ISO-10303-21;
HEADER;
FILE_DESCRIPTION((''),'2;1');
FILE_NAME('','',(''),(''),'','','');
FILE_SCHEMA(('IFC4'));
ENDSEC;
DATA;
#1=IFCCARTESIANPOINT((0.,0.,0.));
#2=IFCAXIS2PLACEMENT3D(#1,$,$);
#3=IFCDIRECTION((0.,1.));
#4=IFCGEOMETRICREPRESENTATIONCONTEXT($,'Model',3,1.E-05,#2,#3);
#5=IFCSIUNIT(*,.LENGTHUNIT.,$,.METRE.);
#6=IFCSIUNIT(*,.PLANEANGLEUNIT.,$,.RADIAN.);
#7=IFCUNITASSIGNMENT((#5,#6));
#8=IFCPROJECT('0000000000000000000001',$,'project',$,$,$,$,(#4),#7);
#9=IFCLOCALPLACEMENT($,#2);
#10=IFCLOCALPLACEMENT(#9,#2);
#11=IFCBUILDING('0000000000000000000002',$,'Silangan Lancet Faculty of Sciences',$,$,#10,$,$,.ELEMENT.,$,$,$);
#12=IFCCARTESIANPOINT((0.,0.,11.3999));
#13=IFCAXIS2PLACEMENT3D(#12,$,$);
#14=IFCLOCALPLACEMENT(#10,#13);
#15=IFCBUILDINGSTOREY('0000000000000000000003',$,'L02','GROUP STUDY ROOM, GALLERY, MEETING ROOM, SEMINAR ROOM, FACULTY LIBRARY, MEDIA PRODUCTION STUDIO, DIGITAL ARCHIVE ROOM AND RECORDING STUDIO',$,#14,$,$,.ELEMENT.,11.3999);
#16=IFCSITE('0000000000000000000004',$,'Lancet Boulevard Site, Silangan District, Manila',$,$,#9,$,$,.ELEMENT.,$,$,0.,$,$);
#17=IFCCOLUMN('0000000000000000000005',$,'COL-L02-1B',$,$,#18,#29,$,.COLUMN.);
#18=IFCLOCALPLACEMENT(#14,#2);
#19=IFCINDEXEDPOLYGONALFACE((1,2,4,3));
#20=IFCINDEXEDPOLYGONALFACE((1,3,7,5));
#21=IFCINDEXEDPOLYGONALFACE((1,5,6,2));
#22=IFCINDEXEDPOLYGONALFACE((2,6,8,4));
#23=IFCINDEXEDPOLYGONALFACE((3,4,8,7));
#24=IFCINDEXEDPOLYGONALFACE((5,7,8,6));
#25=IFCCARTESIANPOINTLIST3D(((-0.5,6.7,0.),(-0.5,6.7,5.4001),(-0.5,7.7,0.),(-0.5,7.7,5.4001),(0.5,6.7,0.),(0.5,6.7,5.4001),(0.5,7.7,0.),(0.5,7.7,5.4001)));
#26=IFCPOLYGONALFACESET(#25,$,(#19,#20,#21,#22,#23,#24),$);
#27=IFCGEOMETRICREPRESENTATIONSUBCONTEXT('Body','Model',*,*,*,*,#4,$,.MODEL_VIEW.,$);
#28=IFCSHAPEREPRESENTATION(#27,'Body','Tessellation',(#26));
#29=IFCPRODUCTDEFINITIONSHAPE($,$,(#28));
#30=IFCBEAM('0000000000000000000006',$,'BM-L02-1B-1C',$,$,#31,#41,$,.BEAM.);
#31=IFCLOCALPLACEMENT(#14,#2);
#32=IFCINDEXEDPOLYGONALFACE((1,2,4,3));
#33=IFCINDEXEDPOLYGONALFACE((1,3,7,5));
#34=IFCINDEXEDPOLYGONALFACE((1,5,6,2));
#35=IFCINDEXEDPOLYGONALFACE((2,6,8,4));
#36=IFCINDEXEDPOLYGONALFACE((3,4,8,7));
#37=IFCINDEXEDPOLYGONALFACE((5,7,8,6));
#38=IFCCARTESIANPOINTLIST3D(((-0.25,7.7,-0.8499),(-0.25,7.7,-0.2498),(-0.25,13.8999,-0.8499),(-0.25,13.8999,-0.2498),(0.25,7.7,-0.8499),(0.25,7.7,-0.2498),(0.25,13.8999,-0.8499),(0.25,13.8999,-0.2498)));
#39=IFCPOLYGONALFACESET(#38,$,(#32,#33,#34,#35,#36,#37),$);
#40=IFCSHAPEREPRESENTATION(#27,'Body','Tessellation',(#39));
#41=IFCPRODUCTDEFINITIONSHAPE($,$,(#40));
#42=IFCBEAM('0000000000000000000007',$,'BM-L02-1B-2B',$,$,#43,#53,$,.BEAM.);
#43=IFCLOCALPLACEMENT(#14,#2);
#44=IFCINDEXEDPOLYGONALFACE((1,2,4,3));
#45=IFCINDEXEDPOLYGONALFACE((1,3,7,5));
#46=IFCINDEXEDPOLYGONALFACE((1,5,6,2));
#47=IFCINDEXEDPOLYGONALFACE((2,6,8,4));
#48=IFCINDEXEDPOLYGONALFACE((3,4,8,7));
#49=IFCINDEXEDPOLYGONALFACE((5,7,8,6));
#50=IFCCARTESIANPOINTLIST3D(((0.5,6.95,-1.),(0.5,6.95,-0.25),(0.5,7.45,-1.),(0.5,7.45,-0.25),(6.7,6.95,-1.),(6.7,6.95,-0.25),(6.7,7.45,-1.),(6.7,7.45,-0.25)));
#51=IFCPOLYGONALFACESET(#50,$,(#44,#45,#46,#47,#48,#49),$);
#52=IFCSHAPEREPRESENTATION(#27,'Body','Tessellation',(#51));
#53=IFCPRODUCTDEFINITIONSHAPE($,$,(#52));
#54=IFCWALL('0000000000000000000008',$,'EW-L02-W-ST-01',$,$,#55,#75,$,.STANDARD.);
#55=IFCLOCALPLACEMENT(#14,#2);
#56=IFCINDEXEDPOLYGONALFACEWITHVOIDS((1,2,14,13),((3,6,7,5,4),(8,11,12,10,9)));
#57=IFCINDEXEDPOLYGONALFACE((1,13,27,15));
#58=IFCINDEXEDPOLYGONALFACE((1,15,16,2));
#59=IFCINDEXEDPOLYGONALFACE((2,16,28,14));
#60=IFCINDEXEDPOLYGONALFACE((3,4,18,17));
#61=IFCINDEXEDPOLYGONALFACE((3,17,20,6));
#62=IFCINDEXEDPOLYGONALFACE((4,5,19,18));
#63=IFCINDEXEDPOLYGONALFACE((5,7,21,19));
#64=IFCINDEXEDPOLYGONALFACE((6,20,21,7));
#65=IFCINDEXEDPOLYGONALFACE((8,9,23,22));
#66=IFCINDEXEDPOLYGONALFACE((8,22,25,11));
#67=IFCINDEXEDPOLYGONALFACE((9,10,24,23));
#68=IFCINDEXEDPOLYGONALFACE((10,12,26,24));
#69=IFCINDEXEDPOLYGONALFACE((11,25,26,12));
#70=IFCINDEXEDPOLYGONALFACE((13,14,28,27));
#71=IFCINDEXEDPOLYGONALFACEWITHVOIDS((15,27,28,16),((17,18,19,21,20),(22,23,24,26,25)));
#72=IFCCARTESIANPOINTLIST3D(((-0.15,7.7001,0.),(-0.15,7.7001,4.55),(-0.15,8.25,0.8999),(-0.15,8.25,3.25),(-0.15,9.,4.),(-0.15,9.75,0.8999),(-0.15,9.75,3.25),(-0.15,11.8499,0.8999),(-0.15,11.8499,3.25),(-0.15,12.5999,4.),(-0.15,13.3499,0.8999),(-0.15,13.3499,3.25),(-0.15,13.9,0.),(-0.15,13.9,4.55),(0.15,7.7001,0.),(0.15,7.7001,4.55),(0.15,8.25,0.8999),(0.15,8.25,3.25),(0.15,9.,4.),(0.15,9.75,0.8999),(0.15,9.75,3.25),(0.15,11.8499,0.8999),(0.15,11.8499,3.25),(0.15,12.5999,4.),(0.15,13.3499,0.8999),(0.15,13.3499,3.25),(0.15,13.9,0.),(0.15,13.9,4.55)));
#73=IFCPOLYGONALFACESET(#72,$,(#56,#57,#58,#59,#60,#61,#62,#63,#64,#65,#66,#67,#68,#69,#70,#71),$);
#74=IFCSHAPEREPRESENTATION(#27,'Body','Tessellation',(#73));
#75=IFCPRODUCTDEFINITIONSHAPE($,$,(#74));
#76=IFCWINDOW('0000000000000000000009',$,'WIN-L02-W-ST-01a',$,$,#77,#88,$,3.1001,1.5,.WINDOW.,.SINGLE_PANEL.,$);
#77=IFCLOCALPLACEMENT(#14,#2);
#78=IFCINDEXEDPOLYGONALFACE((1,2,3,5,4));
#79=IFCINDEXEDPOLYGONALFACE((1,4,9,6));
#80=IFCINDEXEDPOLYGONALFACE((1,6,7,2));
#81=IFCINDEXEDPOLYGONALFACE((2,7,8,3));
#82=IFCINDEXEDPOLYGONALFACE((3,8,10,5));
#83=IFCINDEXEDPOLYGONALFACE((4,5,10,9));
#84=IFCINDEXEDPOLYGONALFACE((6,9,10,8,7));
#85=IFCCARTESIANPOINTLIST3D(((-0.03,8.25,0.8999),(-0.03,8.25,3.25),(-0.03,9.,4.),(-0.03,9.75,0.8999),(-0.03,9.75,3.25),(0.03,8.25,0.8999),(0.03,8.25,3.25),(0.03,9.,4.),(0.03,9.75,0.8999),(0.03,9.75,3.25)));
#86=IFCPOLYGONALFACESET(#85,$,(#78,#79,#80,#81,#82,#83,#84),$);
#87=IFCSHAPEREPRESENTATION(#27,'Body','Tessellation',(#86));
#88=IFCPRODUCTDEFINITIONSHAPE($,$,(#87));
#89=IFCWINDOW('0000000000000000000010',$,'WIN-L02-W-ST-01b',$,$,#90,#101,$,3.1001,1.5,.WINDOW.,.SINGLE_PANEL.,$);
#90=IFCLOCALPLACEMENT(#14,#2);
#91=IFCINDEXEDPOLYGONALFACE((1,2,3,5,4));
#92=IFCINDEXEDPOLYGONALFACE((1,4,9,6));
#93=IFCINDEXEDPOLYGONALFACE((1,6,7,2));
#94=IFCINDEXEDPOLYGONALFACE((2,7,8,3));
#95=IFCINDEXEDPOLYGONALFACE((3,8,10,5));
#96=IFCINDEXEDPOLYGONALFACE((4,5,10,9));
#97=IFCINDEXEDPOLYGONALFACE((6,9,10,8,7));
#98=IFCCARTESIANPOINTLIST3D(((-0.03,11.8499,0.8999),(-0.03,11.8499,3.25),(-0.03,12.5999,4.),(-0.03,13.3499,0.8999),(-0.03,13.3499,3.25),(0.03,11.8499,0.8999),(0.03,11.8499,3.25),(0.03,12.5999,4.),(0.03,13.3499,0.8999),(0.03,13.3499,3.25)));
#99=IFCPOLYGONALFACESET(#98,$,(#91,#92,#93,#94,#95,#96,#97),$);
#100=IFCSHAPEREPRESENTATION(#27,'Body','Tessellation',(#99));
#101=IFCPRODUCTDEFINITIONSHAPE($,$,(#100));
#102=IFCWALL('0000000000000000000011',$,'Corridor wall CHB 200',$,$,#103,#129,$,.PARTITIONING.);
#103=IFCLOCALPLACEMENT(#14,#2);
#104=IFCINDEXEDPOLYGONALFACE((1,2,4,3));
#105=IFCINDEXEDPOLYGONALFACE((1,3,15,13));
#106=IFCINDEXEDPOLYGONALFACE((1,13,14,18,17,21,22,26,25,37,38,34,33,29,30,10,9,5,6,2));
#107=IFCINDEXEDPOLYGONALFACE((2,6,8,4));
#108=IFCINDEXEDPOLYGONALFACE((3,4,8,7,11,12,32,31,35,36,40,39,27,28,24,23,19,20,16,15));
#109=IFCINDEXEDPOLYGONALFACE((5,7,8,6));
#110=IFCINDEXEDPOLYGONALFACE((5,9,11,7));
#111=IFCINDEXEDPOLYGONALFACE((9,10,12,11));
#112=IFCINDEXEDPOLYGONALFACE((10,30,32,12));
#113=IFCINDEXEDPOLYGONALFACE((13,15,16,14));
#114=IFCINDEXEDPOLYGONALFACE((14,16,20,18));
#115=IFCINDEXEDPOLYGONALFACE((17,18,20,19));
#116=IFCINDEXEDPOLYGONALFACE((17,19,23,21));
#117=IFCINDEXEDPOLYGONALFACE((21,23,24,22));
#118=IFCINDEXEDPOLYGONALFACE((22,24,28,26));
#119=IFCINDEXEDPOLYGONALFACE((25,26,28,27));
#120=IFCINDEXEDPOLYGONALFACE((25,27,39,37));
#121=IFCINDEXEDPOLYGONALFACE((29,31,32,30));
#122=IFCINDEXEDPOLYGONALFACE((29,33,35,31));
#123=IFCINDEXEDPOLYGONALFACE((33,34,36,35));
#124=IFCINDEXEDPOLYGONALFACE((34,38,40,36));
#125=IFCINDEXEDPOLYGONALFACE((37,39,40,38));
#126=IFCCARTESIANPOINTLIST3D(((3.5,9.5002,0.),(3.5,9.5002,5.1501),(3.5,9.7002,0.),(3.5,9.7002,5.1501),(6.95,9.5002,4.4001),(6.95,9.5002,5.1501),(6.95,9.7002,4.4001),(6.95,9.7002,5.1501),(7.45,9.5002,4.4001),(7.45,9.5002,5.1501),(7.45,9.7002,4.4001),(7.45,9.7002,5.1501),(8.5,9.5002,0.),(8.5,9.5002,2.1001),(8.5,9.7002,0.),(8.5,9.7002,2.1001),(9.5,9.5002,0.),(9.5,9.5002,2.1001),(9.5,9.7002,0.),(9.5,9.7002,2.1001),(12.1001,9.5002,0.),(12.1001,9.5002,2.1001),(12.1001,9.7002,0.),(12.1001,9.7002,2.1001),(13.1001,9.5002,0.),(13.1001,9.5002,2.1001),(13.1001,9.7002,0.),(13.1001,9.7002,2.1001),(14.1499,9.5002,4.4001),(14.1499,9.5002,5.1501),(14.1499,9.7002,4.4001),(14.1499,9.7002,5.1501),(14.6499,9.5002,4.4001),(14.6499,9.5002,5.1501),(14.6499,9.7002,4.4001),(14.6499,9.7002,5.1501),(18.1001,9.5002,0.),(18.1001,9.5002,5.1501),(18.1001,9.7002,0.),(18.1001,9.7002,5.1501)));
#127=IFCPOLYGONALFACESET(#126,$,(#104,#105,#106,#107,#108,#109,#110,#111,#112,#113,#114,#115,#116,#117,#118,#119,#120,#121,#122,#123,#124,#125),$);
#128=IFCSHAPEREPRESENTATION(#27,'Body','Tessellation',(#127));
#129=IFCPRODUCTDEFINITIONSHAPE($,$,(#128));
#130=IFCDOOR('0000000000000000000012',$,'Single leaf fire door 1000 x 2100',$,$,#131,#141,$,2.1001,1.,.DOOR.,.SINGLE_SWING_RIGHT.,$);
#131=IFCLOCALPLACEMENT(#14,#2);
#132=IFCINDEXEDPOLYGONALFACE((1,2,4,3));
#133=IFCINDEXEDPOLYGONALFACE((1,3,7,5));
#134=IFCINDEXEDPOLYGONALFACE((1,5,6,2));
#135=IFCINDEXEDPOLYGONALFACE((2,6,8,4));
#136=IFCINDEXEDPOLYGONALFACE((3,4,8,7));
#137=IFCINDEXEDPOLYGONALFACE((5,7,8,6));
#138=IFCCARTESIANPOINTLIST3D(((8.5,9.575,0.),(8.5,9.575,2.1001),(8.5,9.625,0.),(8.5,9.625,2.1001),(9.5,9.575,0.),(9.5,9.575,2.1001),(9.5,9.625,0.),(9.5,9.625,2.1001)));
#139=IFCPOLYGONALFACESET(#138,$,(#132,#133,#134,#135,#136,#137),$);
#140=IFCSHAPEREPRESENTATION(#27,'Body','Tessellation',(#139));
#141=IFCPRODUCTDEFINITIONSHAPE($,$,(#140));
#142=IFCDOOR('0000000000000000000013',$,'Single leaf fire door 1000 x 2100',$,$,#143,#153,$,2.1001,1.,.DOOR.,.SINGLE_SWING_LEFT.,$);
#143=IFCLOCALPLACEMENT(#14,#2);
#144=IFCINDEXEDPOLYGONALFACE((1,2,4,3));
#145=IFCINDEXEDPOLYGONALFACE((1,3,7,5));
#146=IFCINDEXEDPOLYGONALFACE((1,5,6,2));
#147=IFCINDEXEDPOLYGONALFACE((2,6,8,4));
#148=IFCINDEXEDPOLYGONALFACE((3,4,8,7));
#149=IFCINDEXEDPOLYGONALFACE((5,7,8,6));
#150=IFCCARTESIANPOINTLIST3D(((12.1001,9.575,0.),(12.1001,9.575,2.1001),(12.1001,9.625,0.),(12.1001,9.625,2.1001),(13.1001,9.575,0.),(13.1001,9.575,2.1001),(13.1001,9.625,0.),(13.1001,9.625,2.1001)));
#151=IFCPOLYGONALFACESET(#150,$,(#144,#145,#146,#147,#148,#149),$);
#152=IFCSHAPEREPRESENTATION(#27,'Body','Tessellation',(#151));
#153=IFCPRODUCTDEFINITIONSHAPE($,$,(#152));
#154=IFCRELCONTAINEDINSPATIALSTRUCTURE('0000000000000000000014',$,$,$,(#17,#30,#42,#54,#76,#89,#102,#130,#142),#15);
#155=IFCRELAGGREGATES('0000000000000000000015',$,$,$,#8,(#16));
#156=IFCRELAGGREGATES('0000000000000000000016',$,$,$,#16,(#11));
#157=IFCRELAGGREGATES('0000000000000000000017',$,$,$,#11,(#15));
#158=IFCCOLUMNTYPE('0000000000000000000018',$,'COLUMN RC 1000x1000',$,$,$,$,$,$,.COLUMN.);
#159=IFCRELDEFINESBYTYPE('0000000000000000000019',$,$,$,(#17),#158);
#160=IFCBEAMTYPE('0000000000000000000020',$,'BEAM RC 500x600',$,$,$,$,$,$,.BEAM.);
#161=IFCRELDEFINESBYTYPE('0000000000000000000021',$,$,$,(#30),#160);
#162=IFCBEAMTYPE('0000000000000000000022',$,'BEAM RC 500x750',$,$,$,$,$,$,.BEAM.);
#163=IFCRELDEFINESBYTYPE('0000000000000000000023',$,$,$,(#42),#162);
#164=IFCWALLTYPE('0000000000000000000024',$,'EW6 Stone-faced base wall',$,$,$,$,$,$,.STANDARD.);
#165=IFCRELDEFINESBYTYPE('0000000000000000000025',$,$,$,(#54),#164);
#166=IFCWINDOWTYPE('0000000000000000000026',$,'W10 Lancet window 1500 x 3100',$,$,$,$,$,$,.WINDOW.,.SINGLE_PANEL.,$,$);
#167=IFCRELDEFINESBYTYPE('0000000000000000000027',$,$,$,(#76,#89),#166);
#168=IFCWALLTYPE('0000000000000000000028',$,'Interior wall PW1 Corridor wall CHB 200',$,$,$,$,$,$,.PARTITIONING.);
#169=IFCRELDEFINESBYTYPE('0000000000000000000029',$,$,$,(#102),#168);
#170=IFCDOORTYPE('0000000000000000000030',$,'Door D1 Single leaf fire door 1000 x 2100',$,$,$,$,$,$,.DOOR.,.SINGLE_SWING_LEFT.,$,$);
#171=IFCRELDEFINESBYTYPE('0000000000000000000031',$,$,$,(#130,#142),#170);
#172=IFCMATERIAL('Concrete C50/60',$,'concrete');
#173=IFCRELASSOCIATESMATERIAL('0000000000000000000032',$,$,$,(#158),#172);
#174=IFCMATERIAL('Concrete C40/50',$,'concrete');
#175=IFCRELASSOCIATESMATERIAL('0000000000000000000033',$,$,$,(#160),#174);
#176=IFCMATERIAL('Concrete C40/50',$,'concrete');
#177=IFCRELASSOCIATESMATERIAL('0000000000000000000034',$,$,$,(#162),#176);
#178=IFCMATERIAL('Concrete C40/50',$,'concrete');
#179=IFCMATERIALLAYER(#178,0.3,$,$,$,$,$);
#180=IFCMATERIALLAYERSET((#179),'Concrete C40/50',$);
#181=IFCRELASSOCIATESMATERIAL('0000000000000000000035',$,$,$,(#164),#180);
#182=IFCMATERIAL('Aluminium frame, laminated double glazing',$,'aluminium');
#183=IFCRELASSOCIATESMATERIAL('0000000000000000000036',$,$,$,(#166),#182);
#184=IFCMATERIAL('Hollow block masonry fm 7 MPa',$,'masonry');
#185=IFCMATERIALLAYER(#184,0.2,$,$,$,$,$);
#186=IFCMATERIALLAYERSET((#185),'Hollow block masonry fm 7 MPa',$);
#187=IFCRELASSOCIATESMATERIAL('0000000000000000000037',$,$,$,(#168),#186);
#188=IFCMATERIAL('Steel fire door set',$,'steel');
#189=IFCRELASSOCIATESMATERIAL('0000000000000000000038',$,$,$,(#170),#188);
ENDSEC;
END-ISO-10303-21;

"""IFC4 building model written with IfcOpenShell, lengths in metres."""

from ifc_helpers import new_model, si_unit, direction, frame, frame_2d, origin, origin_2d, place, context, subcontext, project, spatial, polyline, rectangle, outline, extrude, material, layer, layer_set, material_profile, profile_set, type_object, element, fill, save


model = new_model("IFC4")

# Units and contexts
model_context = context("Model", 3, precision=1e-05, world=origin(), true_north=direction((0.0, 1.0)))
body_context = subcontext(model_context, "Body", "Model", "MODEL_VIEW")
ifc_project = project(units=[si_unit("LENGTHUNIT", "METRE"), si_unit("PLANEANGLEUNIT", "RADIAN")], contexts=[model_context])

# Site, building, storey
site_placement = place(None, origin())
site = spatial("IfcSite", under=ifc_project, at=site_placement, Name="Lancet Boulevard Site, Silangan District, Manila", CompositionType="ELEMENT", RefElevation=0.0)
building_placement = place(site_placement, origin())
building = spatial("IfcBuilding", under=site, at=building_placement, Name="Silangan Lancet Faculty of Sciences", CompositionType="ELEMENT")
storey_placement = place(building_placement, frame((0.0, 0.0, 11.3999)))
storey = spatial("IfcBuildingStorey", under=building, at=storey_placement, Name="L02", Description="GROUP STUDY ROOM, GALLERY, MEETING ROOM, SEMINAR ROOM, FACULTY LIBRARY, MEDIA PRODUCTION STUDIO, DIGITAL ARCHIVE ROOM AND RECORDING STUDIO", CompositionType="ELEMENT", Elevation=11.3999)

# Column
ifc_material_1 = material(Name="Concrete C50/60", Category="concrete")
ifc_material_profile_1 = material_profile(ifc_material_1, rectangle(XDim=1.0, YDim=1.0, at=origin_2d()), Name="RC 1000x1000")
ifc_profile_set_1 = profile_set([ifc_material_profile_1], Name="Concrete C50/60")
column_type = type_object("IfcColumnType", Name="COLUMN RC 1000x1000", PredefinedType="COLUMN", material=ifc_profile_set_1)
column_placement = place(storey_placement, frame((0.0, 7.2, 0.0), z_axis=(0.0, 0.0, 1.0), x_axis=(1.0, 0.0, 0.0)))
element("IfcColumn", 1, at=column_placement, inside=storey, type_object=column_type, Name="COL-L02-1B", PredefinedType="COLUMN", context=body_context, shape_type="SweptSolid", body=[
    extrude(rectangle(XDim=1.0, YDim=1.0, at=origin_2d()), origin(), (0.0, 0.0, 1.0), 5.4001),
])

# Beams
ifc_material_2 = material(Name="Concrete C40/50", Category="concrete")
ifc_material_profile_2 = material_profile(ifc_material_2, rectangle(XDim=0.5, YDim=0.6001, at=origin_2d()), Name="RC 500x600")
ifc_profile_set_2 = profile_set([ifc_material_profile_2], Name="Concrete C40/50")
beam_type_1 = type_object("IfcBeamType", Name="BEAM RC 500x600", PredefinedType="BEAM", material=ifc_profile_set_2)
beam_1_placement = place(storey_placement, frame((0.0, 7.7, -0.5498), z_axis=(0.0, 1.0, 0.0), x_axis=(-1.0, 0.0, 0.0)))
element("IfcBeam", 2, at=beam_1_placement, inside=storey, type_object=beam_type_1, Name="BM-L02-1B-1C", PredefinedType="BEAM", context=body_context, shape_type="SweptSolid", body=[
    extrude(rectangle(XDim=0.5, YDim=0.6001, at=origin_2d()), origin(), (0.0, 0.0, 1.0), 6.2),
])
ifc_material_3 = material(Name="Concrete C40/50", Category="concrete")
ifc_material_profile_3 = material_profile(ifc_material_3, rectangle(XDim=0.5, YDim=0.75, at=origin_2d()), Name="RC 500x750")
ifc_profile_set_3 = profile_set([ifc_material_profile_3], Name="Concrete C40/50")
beam_type_2 = type_object("IfcBeamType", Name="BEAM RC 500x750", PredefinedType="BEAM", material=ifc_profile_set_3)
beam_2_placement = place(storey_placement, frame((0.5, 7.2, -0.625), z_axis=(1.0, 0.0, 0.0), x_axis=(0.0, 1.0, 0.0)))
element("IfcBeam", 3, at=beam_2_placement, inside=storey, type_object=beam_type_2, Name="BM-L02-1B-2B", PredefinedType="BEAM", context=body_context, shape_type="SweptSolid", body=[
    extrude(rectangle(XDim=0.5, YDim=0.75, at=origin_2d()), origin(), (0.0, 0.0, 1.0), 6.2),
])

# Wall, openings, windows
ifc_material_4 = material(Name="Concrete C40/50", Category="concrete")
ifc_layer_1 = layer(ifc_material_4, 0.3)
ifc_layer_set_1 = layer_set([ifc_layer_1], Name="Concrete C40/50")
wall_type_1 = type_object("IfcWallType", Name="EW6 Stone-faced base wall", PredefinedType="STANDARD", material=ifc_layer_set_1)
wall_1_placement = place(storey_placement, frame((0.0, 7.7, 0.0), z_axis=(0.0, 0.0, 1.0), x_axis=(0.0, 1.0, 0.0)))
wall_1 = element("IfcWall", 4, at=wall_1_placement, inside=storey, type_object=wall_type_1, Name="EW-L02-W-ST-01", PredefinedType="STANDARD", context=body_context, shape_type="SweptSolid", body=[
    extrude(rectangle(XDim=6.2, YDim=0.3, at=frame_2d((3.1001, 0.0))), origin(), (0.0, 0.0, 1.0), 4.55),
])
opening_1_placement = place(wall_1_placement, frame((0.55, 0.0, 0.8999)))
opening_1 = element("IfcOpeningElement", 5, at=opening_1_placement, cuts=wall_1, PredefinedType="OPENING", context=body_context, shape_type="SweptSolid", body=[
    extrude(outline(polyline([(0.0, 0.0), (1.5, 0.0), (1.5, 2.3501), (0.75, 3.1001), (0.0, 2.3501), (0.0, 0.0)])), frame((0.0, 0.1599, 0.0), z_axis=(0.0, -1.0, 0.0), x_axis=(1.0, 0.0, 0.0)), (0.0, 0.0, 1.0), 0.3201),
])
opening_2_placement = place(wall_1_placement, frame((4.1499, 0.0, 0.8999)))
opening_2 = element("IfcOpeningElement", 6, at=opening_2_placement, cuts=wall_1, PredefinedType="OPENING", context=body_context, shape_type="SweptSolid", body=[
    extrude(outline(polyline([(0.0, 0.0), (1.5, 0.0), (1.5, 2.3501), (0.75, 3.1001), (0.0, 2.3501), (0.0, 0.0)])), frame((0.0, 0.1599, 0.0), z_axis=(0.0, -1.0, 0.0), x_axis=(1.0, 0.0, 0.0)), (0.0, 0.0, 1.0), 0.3201),
])
ifc_material_5 = material(Name="Aluminium frame, laminated double glazing", Category="aluminium")
window_type = type_object("IfcWindowType", Name="W10 Lancet window 1500 x 3100", PartitioningType="SINGLE_PANEL", PredefinedType="WINDOW", material=ifc_material_5)
window_1_placement = place(opening_1_placement, origin())
window_1 = element("IfcWindow", 7, at=window_1_placement, inside=storey, type_object=window_type, Name="WIN-L02-W-ST-01a", OverallHeight=3.1001, OverallWidth=1.5, PartitioningType="SINGLE_PANEL", PredefinedType="WINDOW", context=body_context, shape_type="SweptSolid", body=[
    extrude(outline(polyline([(0.0, 0.0), (1.5, 0.0), (1.5, 2.3501), (0.75, 3.1001), (0.0, 2.3501), (0.0, 0.0)])), frame((0.0, 0.03, 0.0), z_axis=(0.0, -1.0, 0.0), x_axis=(1.0, 0.0, 0.0)), (0.0, 0.0, 1.0), 0.0601),
])
fill(opening_1, window_1)
window_2_placement = place(opening_2_placement, origin())
window_2 = element("IfcWindow", 8, at=window_2_placement, inside=storey, type_object=window_type, Name="WIN-L02-W-ST-01b", OverallHeight=3.1001, OverallWidth=1.5, PartitioningType="SINGLE_PANEL", PredefinedType="WINDOW", context=body_context, shape_type="SweptSolid", body=[
    extrude(outline(polyline([(0.0, 0.0), (1.5, 0.0), (1.5, 2.3501), (0.75, 3.1001), (0.0, 2.3501), (0.0, 0.0)])), frame((0.0, 0.03, 0.0), z_axis=(0.0, -1.0, 0.0), x_axis=(1.0, 0.0, 0.0)), (0.0, 0.0, 1.0), 0.0601),
])
fill(opening_2, window_2)

# Wall, openings, doors
ifc_material_6 = material(Name="Hollow block masonry fm 7 MPa", Category="masonry")
ifc_layer_2 = layer(ifc_material_6, 0.2)
ifc_layer_set_2 = layer_set([ifc_layer_2], Name="Hollow block masonry fm 7 MPa")
wall_type_2 = type_object("IfcWallType", Name="Interior wall PW1 Corridor wall CHB 200", PredefinedType="PARTITIONING", material=ifc_layer_set_2)
wall_2_placement = place(storey_placement, frame((3.5, 9.6001, 0.0), z_axis=(0.0, 0.0, 1.0), x_axis=(1.0, 0.0, 0.0)))
wall_2 = element("IfcWall", 9, at=wall_2_placement, inside=storey, type_object=wall_type_2, Name="Corridor wall CHB 200", PredefinedType="PARTITIONING", context=body_context, shape_type="SweptSolid", body=[
    extrude(outline(polyline([(0.0, 0.0), (14.6001, 0.0), (14.6001, 5.1501), (11.1499, 5.1501), (11.1499, 4.4001), (10.6499, 4.4001), (10.6499, 5.1501), (3.95, 5.1501), (3.95, 4.4001), (3.45, 4.4001), (3.45, 5.1501), (0.0, 5.1501), (0.0, 0.0)])), frame((0.0, 0.1001, 0.0), z_axis=(0.0, -1.0, 0.0), x_axis=(1.0, 0.0, 0.0)), (0.0, 0.0, 1.0), 0.2),
])
opening_3_placement = place(wall_2_placement, frame((5.0, 0.0, 0.0)))
opening_3 = element("IfcOpeningElement", 10, at=opening_3_placement, cuts=wall_2, PredefinedType="OPENING", context=body_context, shape_type="SweptSolid", body=[
    extrude(rectangle(XDim=1.0, YDim=2.1001, at=frame_2d((0.5, 1.05))), frame((0.0, 0.1099, 0.0), z_axis=(0.0, -1.0, 0.0), x_axis=(1.0, 0.0, 0.0)), (0.0, 0.0, 1.0), 0.22),
])
opening_4_placement = place(wall_2_placement, frame((8.6001, 0.0, 0.0)))
opening_4 = element("IfcOpeningElement", 11, at=opening_4_placement, cuts=wall_2, PredefinedType="OPENING", context=body_context, shape_type="SweptSolid", body=[
    extrude(rectangle(XDim=1.0, YDim=2.1001, at=frame_2d((0.5, 1.05))), frame((0.0, 0.1099, 0.0), z_axis=(0.0, -1.0, 0.0), x_axis=(1.0, 0.0, 0.0)), (0.0, 0.0, 1.0), 0.22),
])
ifc_material_7 = material(Name="Steel fire door set", Category="steel")
door_type_1 = type_object("IfcDoorType", Name="Door D1 Single leaf fire door 1000 x 2100", OperationType="SINGLE_SWING_LEFT", PredefinedType="DOOR", material=ifc_material_7)
door_1_placement = place(opening_3_placement, origin())
door_1 = element("IfcDoor", 12, at=door_1_placement, inside=storey, type_object=door_type_1, Name="Single leaf fire door 1000 x 2100", OperationType="SINGLE_SWING_RIGHT", OverallHeight=2.1001, OverallWidth=1.0, PredefinedType="DOOR", context=body_context, shape_type="SweptSolid", body=[
    extrude(rectangle(XDim=1.0, YDim=2.1001, at=frame_2d((0.5, 1.05))), frame((0.0, 0.0249, 0.0), z_axis=(0.0, -1.0, 0.0), x_axis=(1.0, 0.0, 0.0)), (0.0, 0.0, 1.0), 0.05),
])
fill(opening_3, door_1)
door_2_placement = place(opening_4_placement, origin())
door_2 = element("IfcDoor", 13, at=door_2_placement, inside=storey, type_object=door_type_1, Name="Single leaf fire door 1000 x 2100", OperationType="SINGLE_SWING_LEFT", OverallHeight=2.1001, OverallWidth=1.0, PredefinedType="DOOR", context=body_context, shape_type="SweptSolid", body=[
    extrude(rectangle(XDim=1.0, YDim=2.1001, at=frame_2d((0.5, 1.05))), frame((0.0, 0.0249, 0.0), z_axis=(0.0, -1.0, 0.0), x_axis=(1.0, 0.0, 0.0)), (0.0, 0.0, 1.0), 0.05),
])
fill(opening_4, door_2)

save(model, "model.ifc")
